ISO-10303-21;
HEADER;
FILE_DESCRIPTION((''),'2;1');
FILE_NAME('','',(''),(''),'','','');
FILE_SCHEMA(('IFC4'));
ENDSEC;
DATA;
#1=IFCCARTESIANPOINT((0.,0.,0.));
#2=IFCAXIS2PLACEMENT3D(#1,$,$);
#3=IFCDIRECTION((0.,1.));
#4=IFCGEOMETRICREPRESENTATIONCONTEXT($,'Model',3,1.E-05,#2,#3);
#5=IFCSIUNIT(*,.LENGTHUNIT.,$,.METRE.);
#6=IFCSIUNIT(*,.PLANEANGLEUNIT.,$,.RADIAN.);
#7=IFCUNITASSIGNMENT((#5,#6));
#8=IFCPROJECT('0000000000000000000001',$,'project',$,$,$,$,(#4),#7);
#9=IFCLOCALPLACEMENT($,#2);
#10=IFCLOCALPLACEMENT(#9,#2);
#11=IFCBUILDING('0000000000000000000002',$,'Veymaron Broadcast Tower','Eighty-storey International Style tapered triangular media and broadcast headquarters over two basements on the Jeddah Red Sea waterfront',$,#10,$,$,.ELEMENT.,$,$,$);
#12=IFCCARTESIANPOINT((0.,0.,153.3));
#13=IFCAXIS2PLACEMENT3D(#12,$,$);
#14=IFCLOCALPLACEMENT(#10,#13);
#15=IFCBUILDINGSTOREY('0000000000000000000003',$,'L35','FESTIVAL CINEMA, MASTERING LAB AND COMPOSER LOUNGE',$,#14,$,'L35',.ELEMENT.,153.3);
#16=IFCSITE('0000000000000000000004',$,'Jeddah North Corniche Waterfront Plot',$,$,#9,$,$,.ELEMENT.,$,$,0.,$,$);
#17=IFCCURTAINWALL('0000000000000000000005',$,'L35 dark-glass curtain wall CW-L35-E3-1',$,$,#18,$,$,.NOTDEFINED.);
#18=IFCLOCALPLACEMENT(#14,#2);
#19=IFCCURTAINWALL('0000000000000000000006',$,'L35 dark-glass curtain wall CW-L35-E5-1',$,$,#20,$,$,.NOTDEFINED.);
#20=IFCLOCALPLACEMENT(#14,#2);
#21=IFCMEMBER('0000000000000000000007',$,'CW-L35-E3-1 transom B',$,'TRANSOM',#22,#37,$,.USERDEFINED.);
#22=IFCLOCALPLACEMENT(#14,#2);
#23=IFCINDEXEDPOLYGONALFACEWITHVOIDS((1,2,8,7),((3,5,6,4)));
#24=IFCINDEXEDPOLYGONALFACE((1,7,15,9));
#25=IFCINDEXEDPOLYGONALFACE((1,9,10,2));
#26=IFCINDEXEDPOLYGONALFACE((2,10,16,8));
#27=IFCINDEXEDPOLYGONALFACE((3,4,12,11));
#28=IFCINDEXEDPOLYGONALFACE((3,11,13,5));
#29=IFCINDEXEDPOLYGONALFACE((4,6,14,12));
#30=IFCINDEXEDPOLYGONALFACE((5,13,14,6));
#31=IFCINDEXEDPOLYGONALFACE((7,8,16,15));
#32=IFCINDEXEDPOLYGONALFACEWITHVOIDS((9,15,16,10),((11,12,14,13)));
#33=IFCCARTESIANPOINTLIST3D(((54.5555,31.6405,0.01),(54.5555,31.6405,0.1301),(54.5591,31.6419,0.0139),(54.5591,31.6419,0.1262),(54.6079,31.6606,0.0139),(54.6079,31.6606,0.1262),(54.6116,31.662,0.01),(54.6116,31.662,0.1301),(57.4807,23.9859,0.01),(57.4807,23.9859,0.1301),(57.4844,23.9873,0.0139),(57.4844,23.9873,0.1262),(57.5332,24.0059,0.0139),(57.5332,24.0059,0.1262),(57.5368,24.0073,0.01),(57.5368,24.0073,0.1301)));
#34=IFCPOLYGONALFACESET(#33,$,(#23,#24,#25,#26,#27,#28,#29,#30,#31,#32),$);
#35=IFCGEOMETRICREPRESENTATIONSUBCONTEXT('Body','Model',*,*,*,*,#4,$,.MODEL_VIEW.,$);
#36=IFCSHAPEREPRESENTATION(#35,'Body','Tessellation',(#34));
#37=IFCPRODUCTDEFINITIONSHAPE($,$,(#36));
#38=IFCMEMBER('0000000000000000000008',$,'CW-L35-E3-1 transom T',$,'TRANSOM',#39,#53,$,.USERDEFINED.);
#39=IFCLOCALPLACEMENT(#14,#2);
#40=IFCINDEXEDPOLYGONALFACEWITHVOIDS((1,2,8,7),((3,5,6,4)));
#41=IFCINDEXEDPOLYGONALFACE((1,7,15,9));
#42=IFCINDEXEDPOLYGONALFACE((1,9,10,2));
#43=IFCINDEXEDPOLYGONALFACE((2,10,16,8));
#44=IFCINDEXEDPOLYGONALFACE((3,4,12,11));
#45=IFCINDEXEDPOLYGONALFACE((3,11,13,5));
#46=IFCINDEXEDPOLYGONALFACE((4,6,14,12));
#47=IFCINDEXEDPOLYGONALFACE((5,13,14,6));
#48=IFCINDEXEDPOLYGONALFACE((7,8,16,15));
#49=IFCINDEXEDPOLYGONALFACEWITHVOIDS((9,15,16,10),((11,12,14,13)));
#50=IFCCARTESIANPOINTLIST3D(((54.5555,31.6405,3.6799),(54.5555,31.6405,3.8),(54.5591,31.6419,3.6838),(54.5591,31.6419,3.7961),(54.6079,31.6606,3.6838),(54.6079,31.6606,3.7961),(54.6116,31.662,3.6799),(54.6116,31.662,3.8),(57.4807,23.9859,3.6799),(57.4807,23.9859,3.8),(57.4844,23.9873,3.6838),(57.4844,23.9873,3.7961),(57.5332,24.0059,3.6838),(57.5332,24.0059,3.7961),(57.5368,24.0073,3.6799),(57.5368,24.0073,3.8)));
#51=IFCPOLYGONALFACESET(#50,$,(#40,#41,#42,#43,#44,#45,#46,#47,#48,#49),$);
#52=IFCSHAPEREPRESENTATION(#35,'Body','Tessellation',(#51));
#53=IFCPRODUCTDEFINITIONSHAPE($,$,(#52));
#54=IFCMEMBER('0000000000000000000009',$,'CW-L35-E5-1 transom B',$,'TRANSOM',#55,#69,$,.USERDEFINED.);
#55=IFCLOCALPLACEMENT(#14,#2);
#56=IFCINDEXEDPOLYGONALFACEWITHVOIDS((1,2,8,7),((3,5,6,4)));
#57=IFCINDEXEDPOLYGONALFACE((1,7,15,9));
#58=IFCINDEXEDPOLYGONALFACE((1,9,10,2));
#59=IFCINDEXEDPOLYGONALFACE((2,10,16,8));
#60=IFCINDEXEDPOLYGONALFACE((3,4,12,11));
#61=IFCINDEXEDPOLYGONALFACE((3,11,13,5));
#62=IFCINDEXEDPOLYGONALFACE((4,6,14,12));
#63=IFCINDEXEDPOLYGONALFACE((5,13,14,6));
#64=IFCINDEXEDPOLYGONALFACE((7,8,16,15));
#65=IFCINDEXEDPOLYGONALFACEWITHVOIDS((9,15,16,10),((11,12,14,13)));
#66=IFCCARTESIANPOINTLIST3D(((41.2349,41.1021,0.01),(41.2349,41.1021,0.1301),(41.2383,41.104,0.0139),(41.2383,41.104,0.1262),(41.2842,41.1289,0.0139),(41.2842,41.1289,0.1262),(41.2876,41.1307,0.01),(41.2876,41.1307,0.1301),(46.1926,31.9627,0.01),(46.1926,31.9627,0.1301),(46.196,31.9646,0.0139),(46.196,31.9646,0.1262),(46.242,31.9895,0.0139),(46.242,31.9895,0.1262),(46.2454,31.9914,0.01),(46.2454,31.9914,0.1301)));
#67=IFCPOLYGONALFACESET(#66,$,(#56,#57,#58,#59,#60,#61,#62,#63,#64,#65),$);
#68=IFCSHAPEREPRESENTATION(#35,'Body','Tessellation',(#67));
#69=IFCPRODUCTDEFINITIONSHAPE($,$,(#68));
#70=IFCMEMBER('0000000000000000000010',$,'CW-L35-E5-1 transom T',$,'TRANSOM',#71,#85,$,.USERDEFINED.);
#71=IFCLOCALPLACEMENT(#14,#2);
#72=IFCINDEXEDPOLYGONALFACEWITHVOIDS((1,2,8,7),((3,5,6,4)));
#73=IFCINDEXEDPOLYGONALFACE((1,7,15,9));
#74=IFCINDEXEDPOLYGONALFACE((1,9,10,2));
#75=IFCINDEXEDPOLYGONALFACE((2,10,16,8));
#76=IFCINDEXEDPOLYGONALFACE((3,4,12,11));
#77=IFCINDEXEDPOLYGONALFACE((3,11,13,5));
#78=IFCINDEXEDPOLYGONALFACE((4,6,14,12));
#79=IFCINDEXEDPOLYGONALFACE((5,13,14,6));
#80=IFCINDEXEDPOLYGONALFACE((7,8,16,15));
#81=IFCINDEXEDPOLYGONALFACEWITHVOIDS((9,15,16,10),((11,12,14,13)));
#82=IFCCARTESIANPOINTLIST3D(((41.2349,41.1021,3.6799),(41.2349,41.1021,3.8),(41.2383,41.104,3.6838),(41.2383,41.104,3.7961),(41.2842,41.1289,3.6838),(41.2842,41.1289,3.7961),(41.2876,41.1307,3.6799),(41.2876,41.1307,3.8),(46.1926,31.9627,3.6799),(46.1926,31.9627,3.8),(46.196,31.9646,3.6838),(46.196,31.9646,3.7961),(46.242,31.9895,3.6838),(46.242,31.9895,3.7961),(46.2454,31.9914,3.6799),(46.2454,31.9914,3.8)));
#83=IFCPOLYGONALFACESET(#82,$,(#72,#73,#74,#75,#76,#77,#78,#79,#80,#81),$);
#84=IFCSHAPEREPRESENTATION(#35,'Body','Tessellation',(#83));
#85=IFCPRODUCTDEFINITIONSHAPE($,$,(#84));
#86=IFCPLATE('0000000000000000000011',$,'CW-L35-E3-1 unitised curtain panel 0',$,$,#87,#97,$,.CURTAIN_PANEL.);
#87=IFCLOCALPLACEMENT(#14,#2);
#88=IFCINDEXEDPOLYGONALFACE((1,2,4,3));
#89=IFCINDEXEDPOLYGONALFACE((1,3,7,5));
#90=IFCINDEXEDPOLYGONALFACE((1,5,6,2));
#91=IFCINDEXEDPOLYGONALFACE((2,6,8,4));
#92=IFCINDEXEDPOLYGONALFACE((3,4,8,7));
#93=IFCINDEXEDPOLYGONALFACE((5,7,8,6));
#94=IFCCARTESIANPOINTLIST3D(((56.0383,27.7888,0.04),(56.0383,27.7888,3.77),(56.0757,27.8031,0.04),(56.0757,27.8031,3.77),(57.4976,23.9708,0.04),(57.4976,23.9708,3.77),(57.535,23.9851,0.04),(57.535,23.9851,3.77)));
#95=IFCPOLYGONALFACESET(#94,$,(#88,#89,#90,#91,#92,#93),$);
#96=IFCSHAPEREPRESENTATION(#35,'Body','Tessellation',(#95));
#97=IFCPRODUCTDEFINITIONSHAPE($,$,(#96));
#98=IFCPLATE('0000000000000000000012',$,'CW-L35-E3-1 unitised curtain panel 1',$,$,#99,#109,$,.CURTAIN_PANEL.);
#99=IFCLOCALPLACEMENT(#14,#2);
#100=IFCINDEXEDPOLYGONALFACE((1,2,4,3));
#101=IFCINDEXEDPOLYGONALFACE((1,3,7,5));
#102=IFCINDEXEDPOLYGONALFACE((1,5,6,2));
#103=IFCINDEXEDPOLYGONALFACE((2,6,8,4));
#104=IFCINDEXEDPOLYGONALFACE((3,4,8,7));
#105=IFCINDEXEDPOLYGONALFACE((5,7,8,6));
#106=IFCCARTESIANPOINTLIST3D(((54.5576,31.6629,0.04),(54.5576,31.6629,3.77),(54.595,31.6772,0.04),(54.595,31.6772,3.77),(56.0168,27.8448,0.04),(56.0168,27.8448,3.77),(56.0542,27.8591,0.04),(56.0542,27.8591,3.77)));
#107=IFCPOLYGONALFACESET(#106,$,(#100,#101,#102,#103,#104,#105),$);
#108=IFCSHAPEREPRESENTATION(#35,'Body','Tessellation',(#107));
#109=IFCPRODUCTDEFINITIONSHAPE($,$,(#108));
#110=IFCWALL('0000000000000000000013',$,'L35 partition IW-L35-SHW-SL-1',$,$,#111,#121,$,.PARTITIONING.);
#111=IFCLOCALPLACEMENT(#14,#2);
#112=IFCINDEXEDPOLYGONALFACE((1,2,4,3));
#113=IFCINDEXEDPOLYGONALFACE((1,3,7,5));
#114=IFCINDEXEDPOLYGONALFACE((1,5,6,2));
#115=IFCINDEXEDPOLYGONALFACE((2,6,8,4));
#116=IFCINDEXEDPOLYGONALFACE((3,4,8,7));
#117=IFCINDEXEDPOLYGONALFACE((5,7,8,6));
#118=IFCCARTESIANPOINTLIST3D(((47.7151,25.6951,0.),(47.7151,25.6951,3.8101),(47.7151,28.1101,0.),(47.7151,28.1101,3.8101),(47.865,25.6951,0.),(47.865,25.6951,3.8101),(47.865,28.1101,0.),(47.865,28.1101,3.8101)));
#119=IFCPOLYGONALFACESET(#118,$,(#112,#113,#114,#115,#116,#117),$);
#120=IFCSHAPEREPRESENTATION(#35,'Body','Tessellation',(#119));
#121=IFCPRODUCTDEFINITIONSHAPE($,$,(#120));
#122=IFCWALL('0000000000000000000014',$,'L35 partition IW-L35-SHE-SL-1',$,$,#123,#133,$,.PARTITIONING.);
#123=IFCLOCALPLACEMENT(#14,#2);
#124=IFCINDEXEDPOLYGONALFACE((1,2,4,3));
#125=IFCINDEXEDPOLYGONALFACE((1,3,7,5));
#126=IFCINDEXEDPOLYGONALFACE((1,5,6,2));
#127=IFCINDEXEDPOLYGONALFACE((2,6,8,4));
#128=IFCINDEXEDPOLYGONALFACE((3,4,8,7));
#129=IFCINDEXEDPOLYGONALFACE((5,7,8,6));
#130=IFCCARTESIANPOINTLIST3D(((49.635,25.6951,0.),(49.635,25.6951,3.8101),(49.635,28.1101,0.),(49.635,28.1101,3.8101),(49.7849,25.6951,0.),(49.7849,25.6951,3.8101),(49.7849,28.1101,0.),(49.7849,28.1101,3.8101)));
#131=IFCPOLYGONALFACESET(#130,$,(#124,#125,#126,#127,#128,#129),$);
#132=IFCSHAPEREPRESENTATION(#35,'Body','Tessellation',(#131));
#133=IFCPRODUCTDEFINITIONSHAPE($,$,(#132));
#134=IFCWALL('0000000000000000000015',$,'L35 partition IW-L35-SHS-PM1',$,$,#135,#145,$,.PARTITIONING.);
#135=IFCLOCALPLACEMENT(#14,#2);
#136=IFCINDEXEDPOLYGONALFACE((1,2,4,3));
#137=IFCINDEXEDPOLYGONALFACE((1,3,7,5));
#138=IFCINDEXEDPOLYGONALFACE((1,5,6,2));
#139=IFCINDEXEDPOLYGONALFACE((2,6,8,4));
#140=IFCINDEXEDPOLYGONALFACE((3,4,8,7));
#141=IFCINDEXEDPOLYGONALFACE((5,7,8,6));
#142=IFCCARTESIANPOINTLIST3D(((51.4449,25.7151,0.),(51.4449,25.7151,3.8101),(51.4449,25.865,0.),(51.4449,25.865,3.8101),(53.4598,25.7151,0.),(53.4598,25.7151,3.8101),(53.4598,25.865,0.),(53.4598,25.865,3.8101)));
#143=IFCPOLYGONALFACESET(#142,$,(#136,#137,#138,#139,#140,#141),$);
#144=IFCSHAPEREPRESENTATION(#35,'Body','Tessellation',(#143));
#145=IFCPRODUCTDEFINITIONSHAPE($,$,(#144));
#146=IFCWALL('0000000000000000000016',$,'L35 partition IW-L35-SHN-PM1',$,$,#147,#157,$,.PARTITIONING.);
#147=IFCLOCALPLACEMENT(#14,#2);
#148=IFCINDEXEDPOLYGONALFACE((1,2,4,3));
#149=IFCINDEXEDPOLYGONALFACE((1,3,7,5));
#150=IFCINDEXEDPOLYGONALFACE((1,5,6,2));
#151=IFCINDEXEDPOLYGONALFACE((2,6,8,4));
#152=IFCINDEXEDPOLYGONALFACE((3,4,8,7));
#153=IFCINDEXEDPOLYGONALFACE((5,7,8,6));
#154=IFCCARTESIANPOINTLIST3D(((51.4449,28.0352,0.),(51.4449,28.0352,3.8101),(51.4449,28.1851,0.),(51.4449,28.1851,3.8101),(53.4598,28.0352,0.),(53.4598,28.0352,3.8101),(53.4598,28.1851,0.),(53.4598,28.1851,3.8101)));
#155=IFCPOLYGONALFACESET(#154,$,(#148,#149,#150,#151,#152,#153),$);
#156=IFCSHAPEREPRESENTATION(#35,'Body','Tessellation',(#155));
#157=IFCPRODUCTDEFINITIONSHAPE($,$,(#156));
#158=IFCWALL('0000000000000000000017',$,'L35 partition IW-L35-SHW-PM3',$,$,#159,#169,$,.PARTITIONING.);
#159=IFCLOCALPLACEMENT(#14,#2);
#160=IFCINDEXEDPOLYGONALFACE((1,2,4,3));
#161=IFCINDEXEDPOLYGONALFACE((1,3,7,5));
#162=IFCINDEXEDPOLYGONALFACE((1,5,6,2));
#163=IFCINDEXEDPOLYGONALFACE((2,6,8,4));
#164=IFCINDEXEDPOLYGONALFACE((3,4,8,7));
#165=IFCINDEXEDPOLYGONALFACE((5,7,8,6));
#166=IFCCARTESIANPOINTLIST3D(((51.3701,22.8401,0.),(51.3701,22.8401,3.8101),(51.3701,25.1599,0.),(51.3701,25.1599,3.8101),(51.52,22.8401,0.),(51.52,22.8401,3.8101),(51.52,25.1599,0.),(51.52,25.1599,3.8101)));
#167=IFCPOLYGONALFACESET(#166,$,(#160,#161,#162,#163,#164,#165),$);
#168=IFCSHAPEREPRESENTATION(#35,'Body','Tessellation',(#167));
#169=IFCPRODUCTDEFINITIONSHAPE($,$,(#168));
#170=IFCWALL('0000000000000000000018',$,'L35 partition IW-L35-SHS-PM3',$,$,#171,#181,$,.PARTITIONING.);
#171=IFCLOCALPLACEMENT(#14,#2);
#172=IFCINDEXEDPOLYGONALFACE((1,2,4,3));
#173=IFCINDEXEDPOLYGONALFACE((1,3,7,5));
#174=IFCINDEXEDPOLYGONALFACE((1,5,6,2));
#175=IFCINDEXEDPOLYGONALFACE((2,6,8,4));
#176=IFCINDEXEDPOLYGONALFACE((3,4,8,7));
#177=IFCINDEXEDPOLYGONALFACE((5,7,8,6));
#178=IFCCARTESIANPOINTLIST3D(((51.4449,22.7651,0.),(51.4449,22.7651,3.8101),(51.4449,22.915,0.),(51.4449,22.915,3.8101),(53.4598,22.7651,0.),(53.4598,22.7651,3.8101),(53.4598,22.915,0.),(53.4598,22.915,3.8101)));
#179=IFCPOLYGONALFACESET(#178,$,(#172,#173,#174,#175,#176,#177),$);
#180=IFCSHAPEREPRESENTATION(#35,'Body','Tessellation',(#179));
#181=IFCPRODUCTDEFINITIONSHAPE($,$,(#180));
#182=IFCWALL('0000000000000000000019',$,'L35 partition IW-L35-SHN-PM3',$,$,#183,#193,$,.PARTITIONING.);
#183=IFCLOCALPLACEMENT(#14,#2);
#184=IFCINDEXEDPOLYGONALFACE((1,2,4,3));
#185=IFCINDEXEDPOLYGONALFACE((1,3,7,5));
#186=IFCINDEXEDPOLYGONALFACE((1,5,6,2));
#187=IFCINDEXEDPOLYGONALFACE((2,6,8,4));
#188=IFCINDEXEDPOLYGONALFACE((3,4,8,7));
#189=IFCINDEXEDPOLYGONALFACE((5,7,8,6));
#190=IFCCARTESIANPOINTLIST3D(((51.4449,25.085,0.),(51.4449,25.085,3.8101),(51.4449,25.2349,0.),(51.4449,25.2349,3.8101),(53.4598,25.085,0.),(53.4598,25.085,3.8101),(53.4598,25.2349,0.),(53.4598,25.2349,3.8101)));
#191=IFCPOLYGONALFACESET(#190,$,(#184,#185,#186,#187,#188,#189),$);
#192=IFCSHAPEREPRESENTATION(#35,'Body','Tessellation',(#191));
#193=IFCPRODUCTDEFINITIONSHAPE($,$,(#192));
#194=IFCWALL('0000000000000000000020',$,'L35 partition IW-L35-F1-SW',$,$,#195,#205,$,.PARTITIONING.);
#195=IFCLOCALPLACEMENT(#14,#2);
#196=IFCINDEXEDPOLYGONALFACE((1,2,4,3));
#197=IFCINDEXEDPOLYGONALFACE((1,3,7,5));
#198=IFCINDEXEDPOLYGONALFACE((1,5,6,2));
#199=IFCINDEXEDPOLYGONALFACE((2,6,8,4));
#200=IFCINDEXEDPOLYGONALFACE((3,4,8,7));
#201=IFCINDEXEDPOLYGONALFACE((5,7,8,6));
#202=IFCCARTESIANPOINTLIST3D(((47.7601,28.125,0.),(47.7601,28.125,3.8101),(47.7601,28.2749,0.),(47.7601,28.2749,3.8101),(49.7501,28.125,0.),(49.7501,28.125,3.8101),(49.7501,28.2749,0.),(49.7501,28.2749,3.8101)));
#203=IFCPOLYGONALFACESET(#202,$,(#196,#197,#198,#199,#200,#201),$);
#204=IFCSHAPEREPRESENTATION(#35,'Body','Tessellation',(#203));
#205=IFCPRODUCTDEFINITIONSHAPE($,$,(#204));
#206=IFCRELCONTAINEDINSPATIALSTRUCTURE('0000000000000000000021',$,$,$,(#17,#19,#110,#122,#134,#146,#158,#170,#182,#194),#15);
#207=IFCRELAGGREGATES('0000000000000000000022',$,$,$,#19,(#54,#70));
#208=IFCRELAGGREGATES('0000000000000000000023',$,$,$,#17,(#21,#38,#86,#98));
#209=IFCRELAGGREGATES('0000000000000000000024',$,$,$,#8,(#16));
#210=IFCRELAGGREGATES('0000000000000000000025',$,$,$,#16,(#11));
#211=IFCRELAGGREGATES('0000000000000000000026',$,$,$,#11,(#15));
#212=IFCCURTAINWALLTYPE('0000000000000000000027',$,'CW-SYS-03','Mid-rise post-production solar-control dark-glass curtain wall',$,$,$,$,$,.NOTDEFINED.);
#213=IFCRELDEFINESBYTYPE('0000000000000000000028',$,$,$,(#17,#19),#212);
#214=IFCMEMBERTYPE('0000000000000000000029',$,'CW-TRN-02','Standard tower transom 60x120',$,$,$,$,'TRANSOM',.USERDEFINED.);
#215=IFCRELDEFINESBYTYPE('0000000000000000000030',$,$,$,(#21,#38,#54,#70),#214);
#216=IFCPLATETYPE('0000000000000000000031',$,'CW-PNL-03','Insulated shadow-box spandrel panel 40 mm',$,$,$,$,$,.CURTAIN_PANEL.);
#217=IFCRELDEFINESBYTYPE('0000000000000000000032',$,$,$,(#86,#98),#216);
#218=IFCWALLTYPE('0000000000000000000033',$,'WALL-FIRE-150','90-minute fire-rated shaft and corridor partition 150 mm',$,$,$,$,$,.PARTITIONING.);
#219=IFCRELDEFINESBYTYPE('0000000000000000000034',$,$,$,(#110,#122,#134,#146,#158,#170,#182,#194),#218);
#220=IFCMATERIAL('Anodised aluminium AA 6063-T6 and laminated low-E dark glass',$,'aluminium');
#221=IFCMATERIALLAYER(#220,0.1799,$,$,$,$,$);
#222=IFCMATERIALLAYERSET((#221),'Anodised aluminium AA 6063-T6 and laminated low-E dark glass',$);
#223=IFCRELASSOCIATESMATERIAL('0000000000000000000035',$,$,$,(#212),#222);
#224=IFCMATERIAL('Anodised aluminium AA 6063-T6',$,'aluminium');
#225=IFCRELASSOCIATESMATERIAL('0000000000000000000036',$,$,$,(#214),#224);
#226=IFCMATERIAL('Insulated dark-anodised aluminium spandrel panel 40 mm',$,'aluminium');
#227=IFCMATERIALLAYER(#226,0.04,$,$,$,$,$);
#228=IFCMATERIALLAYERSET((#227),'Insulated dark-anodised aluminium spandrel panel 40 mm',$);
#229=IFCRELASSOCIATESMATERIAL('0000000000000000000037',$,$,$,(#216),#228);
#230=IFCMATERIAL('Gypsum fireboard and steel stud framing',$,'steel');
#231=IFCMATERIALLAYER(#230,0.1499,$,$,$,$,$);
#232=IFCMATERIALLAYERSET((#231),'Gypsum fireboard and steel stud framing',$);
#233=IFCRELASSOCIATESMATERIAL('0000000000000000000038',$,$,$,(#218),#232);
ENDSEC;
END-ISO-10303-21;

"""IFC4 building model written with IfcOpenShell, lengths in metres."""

from ifc_helpers import new_model, si_unit, direction, frame, frame_2d, origin, origin_2d, place, context, subcontext, project, spatial, rectangle, hollow_rectangle, extrude, material, layer, layer_set, material_profile, profile_set, type_object, element, aggregate, save


model = new_model("IFC4")

# Units and contexts
model_context = context("Model", 3, precision=1e-05, world=origin(), true_north=direction((0.0, 1.0)))
body_context = subcontext(model_context, "Body", "Model", "MODEL_VIEW")
ifc_project = project(units=[si_unit("LENGTHUNIT", "METRE"), si_unit("PLANEANGLEUNIT", "RADIAN")], contexts=[model_context])

# Site, building, storey
site_placement = place(None, origin())
site = spatial("IfcSite", under=ifc_project, at=site_placement, Name="Jeddah North Corniche Waterfront Plot", CompositionType="ELEMENT", RefElevation=0.0)
building_placement = place(site_placement, origin())
building = spatial("IfcBuilding", under=site, at=building_placement, Name="Veymaron Broadcast Tower", Description="Eighty-storey International Style tapered triangular media and broadcast headquarters over two basements on the Jeddah Red Sea waterfront", CompositionType="ELEMENT")
storey_placement = place(building_placement, frame((0.0, 0.0, 153.3)))
storey = spatial("IfcBuildingStorey", under=building, at=storey_placement, Name="L35", Description="FESTIVAL CINEMA, MASTERING LAB AND COMPOSER LOUNGE", LongName="L35", CompositionType="ELEMENT", Elevation=153.3)

# Shared definitions
ifc_material_1 = material(Name="Anodised aluminium AA 6063-T6 and laminated low-E dark glass", Category="aluminium")
ifc_layer_1 = layer(ifc_material_1, 0.1799)
ifc_layer_set_1 = layer_set([ifc_layer_1], Name="Anodised aluminium AA 6063-T6 and laminated low-E dark glass")
curtain_wall_type = type_object("IfcCurtainWallType", Name="CW-SYS-03", Description="Mid-rise post-production solar-control dark-glass curtain wall", PredefinedType="NOTDEFINED", material=ifc_layer_set_1)
ifc_material_2 = material(Name="Anodised aluminium AA 6063-T6", Category="aluminium")

# Curtain wall
curtain_wall_1_placement = place(storey_placement, origin())
curtain_wall_1 = element("IfcCurtainWall", 1, at=curtain_wall_1_placement, inside=storey, type_object=curtain_wall_type, Name="L35 dark-glass curtain wall CW-L35-E3-1", PredefinedType="NOTDEFINED")

# Curtain wall
curtain_wall_2_placement = place(storey_placement, origin())
curtain_wall_2 = element("IfcCurtainWall", 2, at=curtain_wall_2_placement, inside=storey, type_object=curtain_wall_type, Name="L35 dark-glass curtain wall CW-L35-E5-1", PredefinedType="NOTDEFINED")

# Members
ifc_material_profile_1 = material_profile(ifc_material_2, hollow_rectangle(XDim=0.0601, YDim=0.1201, WallThickness=0.0039, at=origin_2d()), Name="AL120X60X4")
ifc_profile_set_1 = profile_set([ifc_material_profile_1], Name="Anodised aluminium AA 6063-T6")
member_type_1 = type_object("IfcMemberType", Name="CW-TRN-02", Description="Standard tower transom 60x120", ElementType="TRANSOM", PredefinedType="USERDEFINED", material=ifc_profile_set_1)
member_1_placement = place(storey_placement, frame((57.5088, 23.9966, 0.0701), z_axis=(-0.356974, 0.934114, 0.0), x_axis=(-0.934114, -0.356974, 0.0)))
member_1 = element("IfcMember", 3, at=member_1_placement, type_object=member_type_1, Name="CW-L35-E3-1 transom B", ObjectType="TRANSOM", PredefinedType="USERDEFINED", context=body_context, shape_type="SweptSolid", body=[
    extrude(hollow_rectangle(XDim=0.0601, YDim=0.1201, WallThickness=0.0039, at=origin_2d()), origin(), (0.0, 0.0, 1.0), 8.1946),
])
member_2_placement = place(storey_placement, frame((57.5088, 23.9966, 3.74), z_axis=(-0.356974, 0.934114, 0.0), x_axis=(-0.934114, -0.356974, 0.0)))
member_2 = element("IfcMember", 4, at=member_2_placement, type_object=member_type_1, Name="CW-L35-E3-1 transom T", ObjectType="TRANSOM", PredefinedType="USERDEFINED", context=body_context, shape_type="SweptSolid", body=[
    extrude(hollow_rectangle(XDim=0.0601, YDim=0.1201, WallThickness=0.0039, at=origin_2d()), origin(), (0.0, 0.0, 1.0), 8.1946),
])
member_3_placement = place(storey_placement, frame((46.219, 31.9771, 0.0701), z_axis=(-0.476822, 0.879, 0.0), x_axis=(-0.879, -0.476822, 0.0)))
member_3 = element("IfcMember", 5, at=member_3_placement, type_object=member_type_1, Name="CW-L35-E5-1 transom B", ObjectType="TRANSOM", PredefinedType="USERDEFINED", context=body_context, shape_type="SweptSolid", body=[
    extrude(hollow_rectangle(XDim=0.0601, YDim=0.1201, WallThickness=0.0039, at=origin_2d()), origin(), (0.0, 0.0, 1.0), 10.3975),
])
member_4_placement = place(storey_placement, frame((46.219, 31.9771, 3.74), z_axis=(-0.476822, 0.879, 0.0), x_axis=(-0.879, -0.476822, 0.0)))
member_4 = element("IfcMember", 6, at=member_4_placement, type_object=member_type_1, Name="CW-L35-E5-1 transom T", ObjectType="TRANSOM", PredefinedType="USERDEFINED", context=body_context, shape_type="SweptSolid", body=[
    extrude(hollow_rectangle(XDim=0.0601, YDim=0.1201, WallThickness=0.0039, at=origin_2d()), origin(), (0.0, 0.0, 1.0), 10.3975),
])
aggregate(curtain_wall_2, [member_3, member_4])

# Plates
ifc_material_3 = material(Name="Insulated dark-anodised aluminium spandrel panel 40 mm", Category="aluminium")
ifc_layer_2 = layer(ifc_material_3, 0.04)
ifc_layer_set_2 = layer_set([ifc_layer_2], Name="Insulated dark-anodised aluminium spandrel panel 40 mm")
plate_type = type_object("IfcPlateType", Name="CW-PNL-03", Description="Insulated shadow-box spandrel panel 40 mm", PredefinedType="CURTAIN_PANEL", material=ifc_layer_set_2)
plate_1_placement = place(storey_placement, frame((56.7866, 25.887, 0.04), z_axis=(0.0, 0.0, 1.0), x_axis=(-0.357015, 0.934099, 0.0)))
plate_1 = element("IfcPlate", 7, at=plate_1_placement, type_object=plate_type, Name="CW-L35-E3-1 unitised curtain panel 0", PredefinedType="CURTAIN_PANEL", context=body_context, shape_type="SweptSolid", body=[
    extrude(rectangle(XDim=4.0874, YDim=0.04, at=origin_2d()), origin(), (0.0, 0.0, 1.0), 3.73),
])
plate_2_placement = place(storey_placement, frame((55.3059, 29.761, 0.04), z_axis=(0.0, 0.0, 1.0), x_axis=(-0.357015, 0.934099, 0.0)))
plate_2 = element("IfcPlate", 8, at=plate_2_placement, type_object=plate_type, Name="CW-L35-E3-1 unitised curtain panel 1", PredefinedType="CURTAIN_PANEL", context=body_context, shape_type="SweptSolid", body=[
    extrude(rectangle(XDim=4.0874, YDim=0.04, at=origin_2d()), origin(), (0.0, 0.0, 1.0), 3.73),
])
aggregate(curtain_wall_1, [member_1, member_2, plate_1, plate_2])

# Shared definitions
ifc_material_4 = material(Name="Gypsum fireboard and steel stud framing", Category="steel")
ifc_layer_3 = layer(ifc_material_4, 0.1499)
ifc_layer_set_3 = layer_set([ifc_layer_3], Name="Gypsum fireboard and steel stud framing")
wall_type_1 = type_object("IfcWallType", Name="WALL-FIRE-150", Description="90-minute fire-rated shaft and corridor partition 150 mm", PredefinedType="PARTITIONING", material=ifc_layer_set_3)

# Walls
for number, where, z_axis, x_axis, name in (
    (9, (47.79, 25.6951, 0.0), (0.0, 0.0, 1.0), (0.0, 1.0, 0.0), "L35 partition IW-L35-SHW-SL-1"),
    (10, (49.71, 25.6951, 0.0), (0.0, 0.0, 1.0), (0.0, 1.0, 0.0), "L35 partition IW-L35-SHE-SL-1"),
):
    element("IfcWall", number, at=place(storey_placement, frame(where, z_axis=z_axis, x_axis=x_axis)), inside=storey, type_object=wall_type_1, Name=name, PredefinedType="PARTITIONING", context=body_context, shape_type="SweptSolid", body=[
        extrude(rectangle(XDim=2.415, YDim=0.1499, at=frame_2d((1.2075, 0.0))), origin(), (0.0, 0.0, 1.0), 3.8101),
    ])

# Walls
for number, where, z_axis, x_axis, name in (
    (11, (51.4451, 25.79, 0.0), (0.0, 0.0, 1.0), (1.0, 0.0, 0.0), "L35 partition IW-L35-SHS-PM1"),
    (12, (51.4451, 28.1101, 0.0), (0.0, 0.0, 1.0), (1.0, 0.0, 0.0), "L35 partition IW-L35-SHN-PM1"),
):
    element("IfcWall", number, at=place(storey_placement, frame(where, z_axis=z_axis, x_axis=x_axis)), inside=storey, type_object=wall_type_1, Name=name, PredefinedType="PARTITIONING", context=body_context, shape_type="SweptSolid", body=[
        extrude(rectangle(XDim=2.0149, YDim=0.1499, at=frame_2d((1.0073, 0.0))), origin(), (0.0, 0.0, 1.0), 3.8101),
    ])
wall_1_placement = place(storey_placement, frame((51.4451, 22.8401, 0.0), z_axis=(0.0, 0.0, 1.0), x_axis=(0.0, 1.0, 0.0)))
element("IfcWall", 13, at=wall_1_placement, inside=storey, type_object=wall_type_1, Name="L35 partition IW-L35-SHW-PM3", PredefinedType="PARTITIONING", context=body_context, shape_type="SweptSolid", body=[
    extrude(rectangle(XDim=2.3198, YDim=0.1499, at=frame_2d((1.1599, 0.0))), origin(), (0.0, 0.0, 1.0), 3.8101),
])
for number, where, z_axis, x_axis, name in (
    (14, (51.4451, 22.8401, 0.0), (0.0, 0.0, 1.0), (1.0, 0.0, 0.0), "L35 partition IW-L35-SHS-PM3"),
    (15, (51.4451, 25.1599, 0.0), (0.0, 0.0, 1.0), (1.0, 0.0, 0.0), "L35 partition IW-L35-SHN-PM3"),
):
    element("IfcWall", number, at=place(storey_placement, frame(where, z_axis=z_axis, x_axis=x_axis)), inside=storey, type_object=wall_type_1, Name=name, PredefinedType="PARTITIONING", context=body_context, shape_type="SweptSolid", body=[
        extrude(rectangle(XDim=2.0149, YDim=0.1499, at=frame_2d((1.0073, 0.0))), origin(), (0.0, 0.0, 1.0), 3.8101),
    ])
wall_2_placement = place(storey_placement, frame((47.76, 28.2, 0.0), z_axis=(0.0, 0.0, 1.0), x_axis=(1.0, 0.0, 0.0)))
element("IfcWall", 16, at=wall_2_placement, inside=storey, type_object=wall_type_1, Name="L35 partition IW-L35-F1-SW", PredefinedType="PARTITIONING", context=body_context, shape_type="SweptSolid", body=[
    extrude(rectangle(XDim=1.99, YDim=0.1499, at=frame_2d((0.9951, 0.0))), origin(), (0.0, 0.0, 1.0), 3.8101),
])

save(model, "model.ifc")
